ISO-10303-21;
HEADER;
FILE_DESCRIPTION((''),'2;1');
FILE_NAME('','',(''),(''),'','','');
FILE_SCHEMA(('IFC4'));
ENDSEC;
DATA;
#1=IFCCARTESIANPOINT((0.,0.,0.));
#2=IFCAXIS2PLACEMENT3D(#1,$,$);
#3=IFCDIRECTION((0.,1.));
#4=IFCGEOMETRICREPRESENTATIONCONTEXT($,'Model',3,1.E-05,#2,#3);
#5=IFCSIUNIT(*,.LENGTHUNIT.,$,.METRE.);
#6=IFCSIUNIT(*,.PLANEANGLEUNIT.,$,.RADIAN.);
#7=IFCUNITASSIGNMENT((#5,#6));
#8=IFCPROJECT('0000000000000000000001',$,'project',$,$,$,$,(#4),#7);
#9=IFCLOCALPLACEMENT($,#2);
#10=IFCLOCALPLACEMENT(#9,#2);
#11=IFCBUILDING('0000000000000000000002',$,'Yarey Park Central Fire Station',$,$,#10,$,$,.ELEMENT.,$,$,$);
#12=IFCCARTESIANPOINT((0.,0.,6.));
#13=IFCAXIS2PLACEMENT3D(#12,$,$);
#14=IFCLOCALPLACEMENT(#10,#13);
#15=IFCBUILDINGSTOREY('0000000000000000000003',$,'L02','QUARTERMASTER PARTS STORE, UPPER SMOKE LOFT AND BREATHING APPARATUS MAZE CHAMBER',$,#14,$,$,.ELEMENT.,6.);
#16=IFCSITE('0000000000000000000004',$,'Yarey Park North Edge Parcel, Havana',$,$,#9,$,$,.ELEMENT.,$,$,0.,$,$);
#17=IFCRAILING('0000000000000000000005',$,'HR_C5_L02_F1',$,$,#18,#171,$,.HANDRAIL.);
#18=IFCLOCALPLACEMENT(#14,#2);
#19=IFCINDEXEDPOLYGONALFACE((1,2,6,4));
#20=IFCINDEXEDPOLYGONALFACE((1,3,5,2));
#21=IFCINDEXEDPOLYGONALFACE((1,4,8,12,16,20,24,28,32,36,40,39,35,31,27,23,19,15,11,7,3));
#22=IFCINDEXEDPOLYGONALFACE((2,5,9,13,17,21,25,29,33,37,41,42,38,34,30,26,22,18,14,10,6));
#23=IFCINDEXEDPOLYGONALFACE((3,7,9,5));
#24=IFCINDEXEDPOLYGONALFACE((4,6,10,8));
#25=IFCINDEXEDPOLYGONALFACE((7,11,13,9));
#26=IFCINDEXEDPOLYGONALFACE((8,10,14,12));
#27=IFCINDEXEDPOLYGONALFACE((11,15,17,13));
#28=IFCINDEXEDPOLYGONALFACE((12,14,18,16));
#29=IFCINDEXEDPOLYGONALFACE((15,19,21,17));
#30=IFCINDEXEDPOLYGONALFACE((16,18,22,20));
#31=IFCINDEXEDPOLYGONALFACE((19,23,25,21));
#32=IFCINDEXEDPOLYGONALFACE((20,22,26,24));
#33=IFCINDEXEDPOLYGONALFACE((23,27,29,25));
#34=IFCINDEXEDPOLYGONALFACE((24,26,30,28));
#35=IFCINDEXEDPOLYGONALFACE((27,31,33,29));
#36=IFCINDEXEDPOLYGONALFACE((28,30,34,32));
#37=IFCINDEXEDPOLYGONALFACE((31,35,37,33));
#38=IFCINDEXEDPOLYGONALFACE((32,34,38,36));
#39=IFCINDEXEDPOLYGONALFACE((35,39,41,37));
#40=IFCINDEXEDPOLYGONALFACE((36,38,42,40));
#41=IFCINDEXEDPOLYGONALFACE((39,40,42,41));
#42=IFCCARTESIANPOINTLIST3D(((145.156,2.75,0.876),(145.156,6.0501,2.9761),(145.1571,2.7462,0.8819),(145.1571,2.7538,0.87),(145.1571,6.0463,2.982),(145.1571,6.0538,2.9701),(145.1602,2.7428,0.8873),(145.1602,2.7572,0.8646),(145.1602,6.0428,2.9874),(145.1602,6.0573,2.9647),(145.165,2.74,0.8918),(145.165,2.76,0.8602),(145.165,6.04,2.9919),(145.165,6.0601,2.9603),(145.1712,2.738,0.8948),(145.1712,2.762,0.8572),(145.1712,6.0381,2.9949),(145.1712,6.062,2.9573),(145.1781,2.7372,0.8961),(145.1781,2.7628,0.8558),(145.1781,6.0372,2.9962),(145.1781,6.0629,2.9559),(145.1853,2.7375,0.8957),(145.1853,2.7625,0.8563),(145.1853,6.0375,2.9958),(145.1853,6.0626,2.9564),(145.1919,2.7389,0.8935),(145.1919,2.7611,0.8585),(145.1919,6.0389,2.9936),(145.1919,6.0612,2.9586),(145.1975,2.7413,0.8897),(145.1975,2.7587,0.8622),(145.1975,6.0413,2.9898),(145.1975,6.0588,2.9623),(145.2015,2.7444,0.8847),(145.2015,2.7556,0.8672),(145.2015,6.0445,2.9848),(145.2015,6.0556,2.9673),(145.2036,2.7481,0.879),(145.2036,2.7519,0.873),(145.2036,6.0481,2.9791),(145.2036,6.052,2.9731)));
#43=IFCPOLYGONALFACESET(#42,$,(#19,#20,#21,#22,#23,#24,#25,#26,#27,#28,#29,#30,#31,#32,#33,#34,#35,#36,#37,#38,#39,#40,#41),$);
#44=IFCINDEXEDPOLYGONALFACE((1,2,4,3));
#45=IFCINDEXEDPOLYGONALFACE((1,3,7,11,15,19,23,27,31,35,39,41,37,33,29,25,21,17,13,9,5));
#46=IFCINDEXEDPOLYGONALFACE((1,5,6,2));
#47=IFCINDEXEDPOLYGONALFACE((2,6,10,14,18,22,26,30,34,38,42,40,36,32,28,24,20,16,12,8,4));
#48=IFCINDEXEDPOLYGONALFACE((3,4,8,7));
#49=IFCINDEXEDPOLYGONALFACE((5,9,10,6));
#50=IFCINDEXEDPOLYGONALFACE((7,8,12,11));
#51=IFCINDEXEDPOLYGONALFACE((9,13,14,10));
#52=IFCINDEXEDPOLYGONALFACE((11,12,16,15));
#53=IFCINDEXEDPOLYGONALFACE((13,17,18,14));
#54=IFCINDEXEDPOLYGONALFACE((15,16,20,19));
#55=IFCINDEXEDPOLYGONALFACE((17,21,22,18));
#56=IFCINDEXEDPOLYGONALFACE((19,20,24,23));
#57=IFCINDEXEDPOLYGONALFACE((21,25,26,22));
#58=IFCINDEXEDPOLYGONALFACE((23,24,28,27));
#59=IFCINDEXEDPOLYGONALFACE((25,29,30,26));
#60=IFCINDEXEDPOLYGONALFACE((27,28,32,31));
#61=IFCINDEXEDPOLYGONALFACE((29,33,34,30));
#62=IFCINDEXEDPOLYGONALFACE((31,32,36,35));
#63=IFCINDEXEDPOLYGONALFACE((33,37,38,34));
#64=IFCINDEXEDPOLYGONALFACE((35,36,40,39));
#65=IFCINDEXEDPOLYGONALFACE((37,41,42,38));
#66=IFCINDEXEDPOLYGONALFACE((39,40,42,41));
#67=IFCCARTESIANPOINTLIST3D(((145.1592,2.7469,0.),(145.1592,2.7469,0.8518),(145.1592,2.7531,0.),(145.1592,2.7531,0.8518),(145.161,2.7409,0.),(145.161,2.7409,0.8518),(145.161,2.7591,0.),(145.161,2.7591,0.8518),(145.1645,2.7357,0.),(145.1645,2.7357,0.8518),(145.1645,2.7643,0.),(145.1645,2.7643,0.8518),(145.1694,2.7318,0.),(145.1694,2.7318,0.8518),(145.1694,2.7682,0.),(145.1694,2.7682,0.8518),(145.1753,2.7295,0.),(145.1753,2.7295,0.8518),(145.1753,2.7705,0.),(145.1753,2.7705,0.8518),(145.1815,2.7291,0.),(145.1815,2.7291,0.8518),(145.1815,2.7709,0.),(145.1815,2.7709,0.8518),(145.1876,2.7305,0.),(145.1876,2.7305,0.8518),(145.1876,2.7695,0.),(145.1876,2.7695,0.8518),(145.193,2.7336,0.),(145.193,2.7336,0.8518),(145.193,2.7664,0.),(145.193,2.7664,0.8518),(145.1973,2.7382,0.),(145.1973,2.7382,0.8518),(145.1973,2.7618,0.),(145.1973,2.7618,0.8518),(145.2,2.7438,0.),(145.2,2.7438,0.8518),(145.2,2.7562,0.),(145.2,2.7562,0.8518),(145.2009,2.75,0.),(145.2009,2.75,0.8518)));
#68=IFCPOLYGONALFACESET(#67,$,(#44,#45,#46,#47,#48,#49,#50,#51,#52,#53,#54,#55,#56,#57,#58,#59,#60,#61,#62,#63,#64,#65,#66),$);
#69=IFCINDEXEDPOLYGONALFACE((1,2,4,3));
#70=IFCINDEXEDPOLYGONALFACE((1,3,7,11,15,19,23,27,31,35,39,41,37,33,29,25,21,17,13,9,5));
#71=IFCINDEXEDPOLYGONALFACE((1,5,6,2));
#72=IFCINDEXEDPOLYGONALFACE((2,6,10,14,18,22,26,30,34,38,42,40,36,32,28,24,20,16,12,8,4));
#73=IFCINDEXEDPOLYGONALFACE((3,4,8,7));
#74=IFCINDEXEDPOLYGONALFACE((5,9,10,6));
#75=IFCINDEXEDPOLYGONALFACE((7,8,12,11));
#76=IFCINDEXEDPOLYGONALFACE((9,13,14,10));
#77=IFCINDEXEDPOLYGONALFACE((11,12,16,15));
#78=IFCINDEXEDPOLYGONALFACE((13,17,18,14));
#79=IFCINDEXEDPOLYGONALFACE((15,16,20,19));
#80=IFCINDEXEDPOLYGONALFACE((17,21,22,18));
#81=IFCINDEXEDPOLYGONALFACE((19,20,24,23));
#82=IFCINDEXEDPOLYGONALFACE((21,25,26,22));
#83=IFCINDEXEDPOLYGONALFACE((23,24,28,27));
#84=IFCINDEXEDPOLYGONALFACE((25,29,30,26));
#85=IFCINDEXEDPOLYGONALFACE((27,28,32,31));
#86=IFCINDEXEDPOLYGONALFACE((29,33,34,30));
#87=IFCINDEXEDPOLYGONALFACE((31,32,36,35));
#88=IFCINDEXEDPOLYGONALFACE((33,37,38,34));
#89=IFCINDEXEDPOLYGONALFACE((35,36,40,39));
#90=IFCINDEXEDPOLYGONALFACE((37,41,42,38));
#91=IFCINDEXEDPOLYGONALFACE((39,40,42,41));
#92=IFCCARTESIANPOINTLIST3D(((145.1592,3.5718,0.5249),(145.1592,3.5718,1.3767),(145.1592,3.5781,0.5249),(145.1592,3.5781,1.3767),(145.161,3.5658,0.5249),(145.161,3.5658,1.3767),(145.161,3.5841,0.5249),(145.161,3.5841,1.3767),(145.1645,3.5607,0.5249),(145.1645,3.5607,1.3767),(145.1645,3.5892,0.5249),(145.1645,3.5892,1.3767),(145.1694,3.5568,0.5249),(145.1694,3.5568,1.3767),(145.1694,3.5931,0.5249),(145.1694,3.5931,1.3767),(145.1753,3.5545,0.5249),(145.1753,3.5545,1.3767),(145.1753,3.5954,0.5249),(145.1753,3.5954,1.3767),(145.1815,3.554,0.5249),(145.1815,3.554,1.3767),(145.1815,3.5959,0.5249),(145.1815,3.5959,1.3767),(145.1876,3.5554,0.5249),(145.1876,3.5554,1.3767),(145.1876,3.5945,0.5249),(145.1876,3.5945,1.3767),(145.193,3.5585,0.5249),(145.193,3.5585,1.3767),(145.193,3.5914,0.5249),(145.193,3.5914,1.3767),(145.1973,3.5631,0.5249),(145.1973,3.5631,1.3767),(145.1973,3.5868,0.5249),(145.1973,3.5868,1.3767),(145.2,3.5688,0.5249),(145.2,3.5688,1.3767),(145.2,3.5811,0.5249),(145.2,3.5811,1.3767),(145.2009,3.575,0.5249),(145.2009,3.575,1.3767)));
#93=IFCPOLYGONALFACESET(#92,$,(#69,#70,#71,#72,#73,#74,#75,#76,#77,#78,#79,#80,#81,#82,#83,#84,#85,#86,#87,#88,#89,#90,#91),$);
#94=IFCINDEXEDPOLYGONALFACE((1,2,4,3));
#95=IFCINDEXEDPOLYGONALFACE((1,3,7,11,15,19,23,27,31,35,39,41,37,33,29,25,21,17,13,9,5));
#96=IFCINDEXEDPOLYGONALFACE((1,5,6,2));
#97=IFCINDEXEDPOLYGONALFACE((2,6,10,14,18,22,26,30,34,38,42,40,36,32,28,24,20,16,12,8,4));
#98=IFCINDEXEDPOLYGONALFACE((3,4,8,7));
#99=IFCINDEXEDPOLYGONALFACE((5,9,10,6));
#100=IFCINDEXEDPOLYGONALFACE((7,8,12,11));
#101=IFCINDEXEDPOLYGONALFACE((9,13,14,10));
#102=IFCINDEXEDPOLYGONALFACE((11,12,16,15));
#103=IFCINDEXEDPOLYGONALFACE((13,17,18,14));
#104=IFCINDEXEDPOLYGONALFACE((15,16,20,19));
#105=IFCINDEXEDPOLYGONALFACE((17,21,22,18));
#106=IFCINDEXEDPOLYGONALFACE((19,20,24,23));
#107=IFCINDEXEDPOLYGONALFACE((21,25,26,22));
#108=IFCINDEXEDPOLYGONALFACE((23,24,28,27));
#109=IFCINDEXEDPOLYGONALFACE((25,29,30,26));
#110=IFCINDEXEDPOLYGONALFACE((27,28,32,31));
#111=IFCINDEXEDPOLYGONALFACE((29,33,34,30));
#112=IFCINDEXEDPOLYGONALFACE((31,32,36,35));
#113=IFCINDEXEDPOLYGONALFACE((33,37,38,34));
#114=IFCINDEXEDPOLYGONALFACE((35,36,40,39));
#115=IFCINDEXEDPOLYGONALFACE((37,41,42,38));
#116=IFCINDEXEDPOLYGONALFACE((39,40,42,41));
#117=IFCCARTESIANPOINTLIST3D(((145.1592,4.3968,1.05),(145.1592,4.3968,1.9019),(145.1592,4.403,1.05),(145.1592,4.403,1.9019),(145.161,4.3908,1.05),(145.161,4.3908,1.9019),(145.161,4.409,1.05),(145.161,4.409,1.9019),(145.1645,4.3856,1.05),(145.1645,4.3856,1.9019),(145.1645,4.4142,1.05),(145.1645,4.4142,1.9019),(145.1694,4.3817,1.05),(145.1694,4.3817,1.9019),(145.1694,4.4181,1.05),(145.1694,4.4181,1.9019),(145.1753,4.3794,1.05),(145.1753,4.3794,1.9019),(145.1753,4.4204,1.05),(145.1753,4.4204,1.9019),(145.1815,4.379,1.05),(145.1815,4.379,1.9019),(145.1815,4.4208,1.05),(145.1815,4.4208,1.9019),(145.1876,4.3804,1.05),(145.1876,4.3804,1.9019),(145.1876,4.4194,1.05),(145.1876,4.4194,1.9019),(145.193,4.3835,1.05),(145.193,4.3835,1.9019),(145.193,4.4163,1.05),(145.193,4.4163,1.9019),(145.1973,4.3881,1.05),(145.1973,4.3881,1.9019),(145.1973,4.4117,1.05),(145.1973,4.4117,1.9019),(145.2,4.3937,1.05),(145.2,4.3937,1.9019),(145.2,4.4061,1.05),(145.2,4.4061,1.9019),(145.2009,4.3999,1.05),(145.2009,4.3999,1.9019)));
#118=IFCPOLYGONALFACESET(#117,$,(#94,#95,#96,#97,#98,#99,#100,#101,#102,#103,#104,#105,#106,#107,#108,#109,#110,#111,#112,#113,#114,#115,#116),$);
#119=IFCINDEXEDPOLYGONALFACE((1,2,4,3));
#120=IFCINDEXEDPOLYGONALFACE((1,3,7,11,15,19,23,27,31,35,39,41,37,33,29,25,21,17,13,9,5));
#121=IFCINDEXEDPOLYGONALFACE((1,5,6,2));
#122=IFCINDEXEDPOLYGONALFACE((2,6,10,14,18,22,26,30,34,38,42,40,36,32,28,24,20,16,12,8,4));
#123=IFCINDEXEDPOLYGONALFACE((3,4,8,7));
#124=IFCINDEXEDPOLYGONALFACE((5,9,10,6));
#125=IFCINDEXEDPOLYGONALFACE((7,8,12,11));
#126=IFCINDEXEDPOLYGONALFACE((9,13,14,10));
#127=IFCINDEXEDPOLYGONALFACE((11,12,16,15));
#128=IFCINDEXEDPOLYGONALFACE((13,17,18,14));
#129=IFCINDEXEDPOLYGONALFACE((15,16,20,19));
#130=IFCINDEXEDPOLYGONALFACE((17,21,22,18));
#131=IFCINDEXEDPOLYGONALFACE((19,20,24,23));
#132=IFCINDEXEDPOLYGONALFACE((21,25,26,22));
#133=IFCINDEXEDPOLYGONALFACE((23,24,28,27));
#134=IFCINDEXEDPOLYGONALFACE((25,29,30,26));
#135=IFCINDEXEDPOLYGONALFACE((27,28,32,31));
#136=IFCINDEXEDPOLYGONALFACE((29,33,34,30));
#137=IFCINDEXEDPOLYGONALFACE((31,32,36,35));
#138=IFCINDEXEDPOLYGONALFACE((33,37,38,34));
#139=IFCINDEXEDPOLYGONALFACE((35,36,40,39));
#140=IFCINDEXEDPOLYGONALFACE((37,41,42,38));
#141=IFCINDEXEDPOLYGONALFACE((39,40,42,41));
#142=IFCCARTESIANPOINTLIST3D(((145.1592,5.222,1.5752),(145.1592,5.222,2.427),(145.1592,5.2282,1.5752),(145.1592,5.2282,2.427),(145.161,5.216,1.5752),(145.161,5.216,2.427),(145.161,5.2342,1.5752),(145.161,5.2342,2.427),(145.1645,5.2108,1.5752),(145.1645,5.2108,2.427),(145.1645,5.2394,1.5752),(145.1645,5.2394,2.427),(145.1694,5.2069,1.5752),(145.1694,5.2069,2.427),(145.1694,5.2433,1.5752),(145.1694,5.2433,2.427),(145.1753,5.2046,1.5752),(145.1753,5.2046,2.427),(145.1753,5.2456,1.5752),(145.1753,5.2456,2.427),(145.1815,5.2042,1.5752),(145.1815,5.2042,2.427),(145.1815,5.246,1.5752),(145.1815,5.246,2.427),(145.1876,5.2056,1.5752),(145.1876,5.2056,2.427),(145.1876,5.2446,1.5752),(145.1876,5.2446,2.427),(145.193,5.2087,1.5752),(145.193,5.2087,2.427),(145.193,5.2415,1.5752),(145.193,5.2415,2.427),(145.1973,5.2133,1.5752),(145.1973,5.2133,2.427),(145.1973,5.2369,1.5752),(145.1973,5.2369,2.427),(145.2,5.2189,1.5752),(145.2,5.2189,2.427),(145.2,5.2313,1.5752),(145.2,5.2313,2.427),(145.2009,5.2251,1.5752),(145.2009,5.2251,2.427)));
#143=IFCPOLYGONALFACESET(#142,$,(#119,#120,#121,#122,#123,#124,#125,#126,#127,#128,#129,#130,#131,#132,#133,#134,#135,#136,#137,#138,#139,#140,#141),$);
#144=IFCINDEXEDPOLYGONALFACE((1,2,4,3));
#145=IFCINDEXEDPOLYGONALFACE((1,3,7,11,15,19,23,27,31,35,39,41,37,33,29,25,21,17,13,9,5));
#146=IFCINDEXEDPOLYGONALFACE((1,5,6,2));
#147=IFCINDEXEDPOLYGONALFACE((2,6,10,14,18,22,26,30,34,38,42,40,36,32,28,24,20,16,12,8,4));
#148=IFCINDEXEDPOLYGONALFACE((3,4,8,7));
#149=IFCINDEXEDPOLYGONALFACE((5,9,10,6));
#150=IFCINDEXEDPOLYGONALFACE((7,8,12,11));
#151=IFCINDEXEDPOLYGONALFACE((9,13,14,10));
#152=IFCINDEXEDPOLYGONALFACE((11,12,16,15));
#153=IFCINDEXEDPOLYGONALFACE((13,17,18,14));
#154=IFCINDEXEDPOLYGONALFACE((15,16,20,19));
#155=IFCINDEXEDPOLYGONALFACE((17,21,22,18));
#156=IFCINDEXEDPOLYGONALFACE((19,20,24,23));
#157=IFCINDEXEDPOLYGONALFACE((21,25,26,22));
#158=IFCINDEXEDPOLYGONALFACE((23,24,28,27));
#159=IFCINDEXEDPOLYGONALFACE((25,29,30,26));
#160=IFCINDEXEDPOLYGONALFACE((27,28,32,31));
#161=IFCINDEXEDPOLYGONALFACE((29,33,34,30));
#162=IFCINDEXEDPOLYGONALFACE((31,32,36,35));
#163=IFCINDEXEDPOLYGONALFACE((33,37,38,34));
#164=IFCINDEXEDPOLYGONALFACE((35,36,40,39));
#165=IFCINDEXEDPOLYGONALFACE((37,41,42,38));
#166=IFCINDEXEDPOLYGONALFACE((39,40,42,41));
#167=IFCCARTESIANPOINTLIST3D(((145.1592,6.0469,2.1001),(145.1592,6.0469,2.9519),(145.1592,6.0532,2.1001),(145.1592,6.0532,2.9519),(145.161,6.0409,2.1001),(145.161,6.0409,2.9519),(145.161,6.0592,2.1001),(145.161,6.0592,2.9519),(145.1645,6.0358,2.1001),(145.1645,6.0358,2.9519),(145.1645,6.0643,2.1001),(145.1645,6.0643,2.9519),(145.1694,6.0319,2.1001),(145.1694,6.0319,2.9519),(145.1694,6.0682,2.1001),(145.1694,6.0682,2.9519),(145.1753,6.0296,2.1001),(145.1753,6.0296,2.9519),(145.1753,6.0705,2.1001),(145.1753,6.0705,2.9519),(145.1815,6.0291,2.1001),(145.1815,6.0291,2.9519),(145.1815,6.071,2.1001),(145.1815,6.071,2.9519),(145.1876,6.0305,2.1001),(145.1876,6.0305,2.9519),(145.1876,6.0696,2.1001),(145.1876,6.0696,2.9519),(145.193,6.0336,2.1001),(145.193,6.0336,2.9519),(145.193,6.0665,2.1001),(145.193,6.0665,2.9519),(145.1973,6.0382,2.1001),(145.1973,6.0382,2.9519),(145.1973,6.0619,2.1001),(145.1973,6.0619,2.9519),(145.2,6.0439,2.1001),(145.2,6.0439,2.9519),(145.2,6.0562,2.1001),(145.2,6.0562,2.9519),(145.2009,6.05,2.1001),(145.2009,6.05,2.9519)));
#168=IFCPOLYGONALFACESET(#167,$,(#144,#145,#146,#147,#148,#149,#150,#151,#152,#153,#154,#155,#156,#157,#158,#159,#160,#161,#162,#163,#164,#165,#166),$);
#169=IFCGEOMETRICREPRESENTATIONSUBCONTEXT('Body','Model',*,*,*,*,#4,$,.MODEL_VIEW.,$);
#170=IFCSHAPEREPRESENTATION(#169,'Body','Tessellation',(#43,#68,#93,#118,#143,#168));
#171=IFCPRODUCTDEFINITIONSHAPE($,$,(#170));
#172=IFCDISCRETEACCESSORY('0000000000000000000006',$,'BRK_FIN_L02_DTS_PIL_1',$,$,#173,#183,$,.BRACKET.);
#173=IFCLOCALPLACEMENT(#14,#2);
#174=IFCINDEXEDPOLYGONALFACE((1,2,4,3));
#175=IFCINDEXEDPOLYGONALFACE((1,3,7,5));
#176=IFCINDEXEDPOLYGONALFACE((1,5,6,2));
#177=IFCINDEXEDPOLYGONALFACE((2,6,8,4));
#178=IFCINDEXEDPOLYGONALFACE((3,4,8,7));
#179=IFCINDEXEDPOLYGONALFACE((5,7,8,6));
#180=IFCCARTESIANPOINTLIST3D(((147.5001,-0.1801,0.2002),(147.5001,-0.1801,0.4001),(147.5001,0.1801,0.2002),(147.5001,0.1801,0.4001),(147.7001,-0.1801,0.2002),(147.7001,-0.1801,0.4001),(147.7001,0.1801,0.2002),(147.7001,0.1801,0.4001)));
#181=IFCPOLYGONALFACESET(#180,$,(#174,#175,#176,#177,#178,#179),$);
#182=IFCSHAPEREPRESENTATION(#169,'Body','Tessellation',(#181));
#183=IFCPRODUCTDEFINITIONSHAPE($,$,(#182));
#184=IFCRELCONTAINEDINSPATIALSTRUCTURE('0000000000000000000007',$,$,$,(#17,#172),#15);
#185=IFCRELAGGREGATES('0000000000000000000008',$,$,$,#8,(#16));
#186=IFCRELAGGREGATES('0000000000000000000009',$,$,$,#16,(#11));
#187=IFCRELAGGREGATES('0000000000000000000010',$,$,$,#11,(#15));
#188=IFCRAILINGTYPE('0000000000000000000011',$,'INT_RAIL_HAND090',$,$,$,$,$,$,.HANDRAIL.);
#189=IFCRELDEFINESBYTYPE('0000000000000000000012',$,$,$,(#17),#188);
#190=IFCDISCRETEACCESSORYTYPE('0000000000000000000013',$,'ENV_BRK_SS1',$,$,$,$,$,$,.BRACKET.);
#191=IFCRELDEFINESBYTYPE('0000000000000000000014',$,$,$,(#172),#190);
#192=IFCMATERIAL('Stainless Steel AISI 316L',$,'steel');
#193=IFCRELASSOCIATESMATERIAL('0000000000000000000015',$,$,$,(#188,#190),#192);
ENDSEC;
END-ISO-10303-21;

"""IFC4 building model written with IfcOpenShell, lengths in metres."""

from ifc_helpers import new_model, si_unit, direction, frame, origin, origin_2d, place, context, subcontext, project, spatial, rectangle, circle, extrude, material, type_object, element, save


model = new_model("IFC4")

# Units and contexts
model_context = context("Model", 3, precision=1e-05, world=origin(), true_north=direction((0.0, 1.0)))
body_context = subcontext(model_context, "Body", "Model", "MODEL_VIEW")
ifc_project = project(units=[si_unit("LENGTHUNIT", "METRE"), si_unit("PLANEANGLEUNIT", "RADIAN")], contexts=[model_context])

# Site, building, storey
site_placement = place(None, origin())
site = spatial("IfcSite", under=ifc_project, at=site_placement, Name="Yarey Park North Edge Parcel, Havana", CompositionType="ELEMENT", RefElevation=0.0)
building_placement = place(site_placement, origin())
building = spatial("IfcBuilding", under=site, at=building_placement, Name="Yarey Park Central Fire Station", CompositionType="ELEMENT")
storey_placement = place(building_placement, frame((0.0, 0.0, 6.0)))
storey = spatial("IfcBuildingStorey", under=building, at=storey_placement, Name="L02", Description="QUARTERMASTER PARTS STORE, UPPER SMOKE LOFT AND BREATHING APPARATUS MAZE CHAMBER", CompositionType="ELEMENT", Elevation=6.0)

# Railing
ifc_material_1 = material(Name="Stainless Steel AISI 316L", Category="steel")
railing_type_1 = type_object("IfcRailingType", Name="INT_RAIL_HAND090", PredefinedType="HANDRAIL", material=ifc_material_1)
railing_1_placement = place(storey_placement, frame((145.1799, 2.75, 0.0)))
element("IfcRailing", 1, at=railing_1_placement, inside=storey, type_object=railing_type_1, Name="HR_C5_L02_F1", PredefinedType="HANDRAIL", context=body_context, shape_type="SweptSolid", body=[
    extrude(circle(Radius=0.0239, at=origin_2d()), frame((0.0, 0.0, 0.876), z_axis=(0.0, 0.843654, 0.536888), x_axis=(-1.0, 0.0, 0.0)), (0.0, 0.0, 1.0), 3.9116),
    extrude(circle(Radius=0.021, at=origin_2d()), origin(), (0.0, 0.0, 1.0), 0.8518),
    extrude(circle(Radius=0.021, at=origin_2d()), frame((0.0, 0.825, 0.5249)), (0.0, 0.0, 1.0), 0.8518),
    extrude(circle(Radius=0.021, at=origin_2d()), frame((0.0, 1.6499, 1.05)), (0.0, 0.0, 1.0), 0.8518),
    extrude(circle(Radius=0.021, at=origin_2d()), frame((0.0, 2.4751, 1.5752)), (0.0, 0.0, 1.0), 0.8518),
    extrude(circle(Radius=0.021, at=origin_2d()), frame((0.0, 3.3, 2.1001)), (0.0, 0.0, 1.0), 0.8518),
])

# Discrete accessory
discrete_accessory_type = type_object("IfcDiscreteAccessoryType", Name="ENV_BRK_SS1", PredefinedType="BRACKET", material=ifc_material_1)
discrete_accessory_placement = place(storey_placement, frame((147.6001, 0.0, 0.2002), z_axis=(0.0, 0.0, 1.0), x_axis=(1.0, 0.0, 0.0)))
element("IfcDiscreteAccessory", 2, at=discrete_accessory_placement, inside=storey, type_object=discrete_accessory_type, Name="BRK_FIN_L02_DTS_PIL_1", PredefinedType="BRACKET", context=body_context, shape_type="SweptSolid", body=[
    extrude(rectangle(XDim=0.2, YDim=0.3601, at=origin_2d()), origin(), (0.0, 0.0, 1.0), 0.2),
])

save(model, "model.ifc")
